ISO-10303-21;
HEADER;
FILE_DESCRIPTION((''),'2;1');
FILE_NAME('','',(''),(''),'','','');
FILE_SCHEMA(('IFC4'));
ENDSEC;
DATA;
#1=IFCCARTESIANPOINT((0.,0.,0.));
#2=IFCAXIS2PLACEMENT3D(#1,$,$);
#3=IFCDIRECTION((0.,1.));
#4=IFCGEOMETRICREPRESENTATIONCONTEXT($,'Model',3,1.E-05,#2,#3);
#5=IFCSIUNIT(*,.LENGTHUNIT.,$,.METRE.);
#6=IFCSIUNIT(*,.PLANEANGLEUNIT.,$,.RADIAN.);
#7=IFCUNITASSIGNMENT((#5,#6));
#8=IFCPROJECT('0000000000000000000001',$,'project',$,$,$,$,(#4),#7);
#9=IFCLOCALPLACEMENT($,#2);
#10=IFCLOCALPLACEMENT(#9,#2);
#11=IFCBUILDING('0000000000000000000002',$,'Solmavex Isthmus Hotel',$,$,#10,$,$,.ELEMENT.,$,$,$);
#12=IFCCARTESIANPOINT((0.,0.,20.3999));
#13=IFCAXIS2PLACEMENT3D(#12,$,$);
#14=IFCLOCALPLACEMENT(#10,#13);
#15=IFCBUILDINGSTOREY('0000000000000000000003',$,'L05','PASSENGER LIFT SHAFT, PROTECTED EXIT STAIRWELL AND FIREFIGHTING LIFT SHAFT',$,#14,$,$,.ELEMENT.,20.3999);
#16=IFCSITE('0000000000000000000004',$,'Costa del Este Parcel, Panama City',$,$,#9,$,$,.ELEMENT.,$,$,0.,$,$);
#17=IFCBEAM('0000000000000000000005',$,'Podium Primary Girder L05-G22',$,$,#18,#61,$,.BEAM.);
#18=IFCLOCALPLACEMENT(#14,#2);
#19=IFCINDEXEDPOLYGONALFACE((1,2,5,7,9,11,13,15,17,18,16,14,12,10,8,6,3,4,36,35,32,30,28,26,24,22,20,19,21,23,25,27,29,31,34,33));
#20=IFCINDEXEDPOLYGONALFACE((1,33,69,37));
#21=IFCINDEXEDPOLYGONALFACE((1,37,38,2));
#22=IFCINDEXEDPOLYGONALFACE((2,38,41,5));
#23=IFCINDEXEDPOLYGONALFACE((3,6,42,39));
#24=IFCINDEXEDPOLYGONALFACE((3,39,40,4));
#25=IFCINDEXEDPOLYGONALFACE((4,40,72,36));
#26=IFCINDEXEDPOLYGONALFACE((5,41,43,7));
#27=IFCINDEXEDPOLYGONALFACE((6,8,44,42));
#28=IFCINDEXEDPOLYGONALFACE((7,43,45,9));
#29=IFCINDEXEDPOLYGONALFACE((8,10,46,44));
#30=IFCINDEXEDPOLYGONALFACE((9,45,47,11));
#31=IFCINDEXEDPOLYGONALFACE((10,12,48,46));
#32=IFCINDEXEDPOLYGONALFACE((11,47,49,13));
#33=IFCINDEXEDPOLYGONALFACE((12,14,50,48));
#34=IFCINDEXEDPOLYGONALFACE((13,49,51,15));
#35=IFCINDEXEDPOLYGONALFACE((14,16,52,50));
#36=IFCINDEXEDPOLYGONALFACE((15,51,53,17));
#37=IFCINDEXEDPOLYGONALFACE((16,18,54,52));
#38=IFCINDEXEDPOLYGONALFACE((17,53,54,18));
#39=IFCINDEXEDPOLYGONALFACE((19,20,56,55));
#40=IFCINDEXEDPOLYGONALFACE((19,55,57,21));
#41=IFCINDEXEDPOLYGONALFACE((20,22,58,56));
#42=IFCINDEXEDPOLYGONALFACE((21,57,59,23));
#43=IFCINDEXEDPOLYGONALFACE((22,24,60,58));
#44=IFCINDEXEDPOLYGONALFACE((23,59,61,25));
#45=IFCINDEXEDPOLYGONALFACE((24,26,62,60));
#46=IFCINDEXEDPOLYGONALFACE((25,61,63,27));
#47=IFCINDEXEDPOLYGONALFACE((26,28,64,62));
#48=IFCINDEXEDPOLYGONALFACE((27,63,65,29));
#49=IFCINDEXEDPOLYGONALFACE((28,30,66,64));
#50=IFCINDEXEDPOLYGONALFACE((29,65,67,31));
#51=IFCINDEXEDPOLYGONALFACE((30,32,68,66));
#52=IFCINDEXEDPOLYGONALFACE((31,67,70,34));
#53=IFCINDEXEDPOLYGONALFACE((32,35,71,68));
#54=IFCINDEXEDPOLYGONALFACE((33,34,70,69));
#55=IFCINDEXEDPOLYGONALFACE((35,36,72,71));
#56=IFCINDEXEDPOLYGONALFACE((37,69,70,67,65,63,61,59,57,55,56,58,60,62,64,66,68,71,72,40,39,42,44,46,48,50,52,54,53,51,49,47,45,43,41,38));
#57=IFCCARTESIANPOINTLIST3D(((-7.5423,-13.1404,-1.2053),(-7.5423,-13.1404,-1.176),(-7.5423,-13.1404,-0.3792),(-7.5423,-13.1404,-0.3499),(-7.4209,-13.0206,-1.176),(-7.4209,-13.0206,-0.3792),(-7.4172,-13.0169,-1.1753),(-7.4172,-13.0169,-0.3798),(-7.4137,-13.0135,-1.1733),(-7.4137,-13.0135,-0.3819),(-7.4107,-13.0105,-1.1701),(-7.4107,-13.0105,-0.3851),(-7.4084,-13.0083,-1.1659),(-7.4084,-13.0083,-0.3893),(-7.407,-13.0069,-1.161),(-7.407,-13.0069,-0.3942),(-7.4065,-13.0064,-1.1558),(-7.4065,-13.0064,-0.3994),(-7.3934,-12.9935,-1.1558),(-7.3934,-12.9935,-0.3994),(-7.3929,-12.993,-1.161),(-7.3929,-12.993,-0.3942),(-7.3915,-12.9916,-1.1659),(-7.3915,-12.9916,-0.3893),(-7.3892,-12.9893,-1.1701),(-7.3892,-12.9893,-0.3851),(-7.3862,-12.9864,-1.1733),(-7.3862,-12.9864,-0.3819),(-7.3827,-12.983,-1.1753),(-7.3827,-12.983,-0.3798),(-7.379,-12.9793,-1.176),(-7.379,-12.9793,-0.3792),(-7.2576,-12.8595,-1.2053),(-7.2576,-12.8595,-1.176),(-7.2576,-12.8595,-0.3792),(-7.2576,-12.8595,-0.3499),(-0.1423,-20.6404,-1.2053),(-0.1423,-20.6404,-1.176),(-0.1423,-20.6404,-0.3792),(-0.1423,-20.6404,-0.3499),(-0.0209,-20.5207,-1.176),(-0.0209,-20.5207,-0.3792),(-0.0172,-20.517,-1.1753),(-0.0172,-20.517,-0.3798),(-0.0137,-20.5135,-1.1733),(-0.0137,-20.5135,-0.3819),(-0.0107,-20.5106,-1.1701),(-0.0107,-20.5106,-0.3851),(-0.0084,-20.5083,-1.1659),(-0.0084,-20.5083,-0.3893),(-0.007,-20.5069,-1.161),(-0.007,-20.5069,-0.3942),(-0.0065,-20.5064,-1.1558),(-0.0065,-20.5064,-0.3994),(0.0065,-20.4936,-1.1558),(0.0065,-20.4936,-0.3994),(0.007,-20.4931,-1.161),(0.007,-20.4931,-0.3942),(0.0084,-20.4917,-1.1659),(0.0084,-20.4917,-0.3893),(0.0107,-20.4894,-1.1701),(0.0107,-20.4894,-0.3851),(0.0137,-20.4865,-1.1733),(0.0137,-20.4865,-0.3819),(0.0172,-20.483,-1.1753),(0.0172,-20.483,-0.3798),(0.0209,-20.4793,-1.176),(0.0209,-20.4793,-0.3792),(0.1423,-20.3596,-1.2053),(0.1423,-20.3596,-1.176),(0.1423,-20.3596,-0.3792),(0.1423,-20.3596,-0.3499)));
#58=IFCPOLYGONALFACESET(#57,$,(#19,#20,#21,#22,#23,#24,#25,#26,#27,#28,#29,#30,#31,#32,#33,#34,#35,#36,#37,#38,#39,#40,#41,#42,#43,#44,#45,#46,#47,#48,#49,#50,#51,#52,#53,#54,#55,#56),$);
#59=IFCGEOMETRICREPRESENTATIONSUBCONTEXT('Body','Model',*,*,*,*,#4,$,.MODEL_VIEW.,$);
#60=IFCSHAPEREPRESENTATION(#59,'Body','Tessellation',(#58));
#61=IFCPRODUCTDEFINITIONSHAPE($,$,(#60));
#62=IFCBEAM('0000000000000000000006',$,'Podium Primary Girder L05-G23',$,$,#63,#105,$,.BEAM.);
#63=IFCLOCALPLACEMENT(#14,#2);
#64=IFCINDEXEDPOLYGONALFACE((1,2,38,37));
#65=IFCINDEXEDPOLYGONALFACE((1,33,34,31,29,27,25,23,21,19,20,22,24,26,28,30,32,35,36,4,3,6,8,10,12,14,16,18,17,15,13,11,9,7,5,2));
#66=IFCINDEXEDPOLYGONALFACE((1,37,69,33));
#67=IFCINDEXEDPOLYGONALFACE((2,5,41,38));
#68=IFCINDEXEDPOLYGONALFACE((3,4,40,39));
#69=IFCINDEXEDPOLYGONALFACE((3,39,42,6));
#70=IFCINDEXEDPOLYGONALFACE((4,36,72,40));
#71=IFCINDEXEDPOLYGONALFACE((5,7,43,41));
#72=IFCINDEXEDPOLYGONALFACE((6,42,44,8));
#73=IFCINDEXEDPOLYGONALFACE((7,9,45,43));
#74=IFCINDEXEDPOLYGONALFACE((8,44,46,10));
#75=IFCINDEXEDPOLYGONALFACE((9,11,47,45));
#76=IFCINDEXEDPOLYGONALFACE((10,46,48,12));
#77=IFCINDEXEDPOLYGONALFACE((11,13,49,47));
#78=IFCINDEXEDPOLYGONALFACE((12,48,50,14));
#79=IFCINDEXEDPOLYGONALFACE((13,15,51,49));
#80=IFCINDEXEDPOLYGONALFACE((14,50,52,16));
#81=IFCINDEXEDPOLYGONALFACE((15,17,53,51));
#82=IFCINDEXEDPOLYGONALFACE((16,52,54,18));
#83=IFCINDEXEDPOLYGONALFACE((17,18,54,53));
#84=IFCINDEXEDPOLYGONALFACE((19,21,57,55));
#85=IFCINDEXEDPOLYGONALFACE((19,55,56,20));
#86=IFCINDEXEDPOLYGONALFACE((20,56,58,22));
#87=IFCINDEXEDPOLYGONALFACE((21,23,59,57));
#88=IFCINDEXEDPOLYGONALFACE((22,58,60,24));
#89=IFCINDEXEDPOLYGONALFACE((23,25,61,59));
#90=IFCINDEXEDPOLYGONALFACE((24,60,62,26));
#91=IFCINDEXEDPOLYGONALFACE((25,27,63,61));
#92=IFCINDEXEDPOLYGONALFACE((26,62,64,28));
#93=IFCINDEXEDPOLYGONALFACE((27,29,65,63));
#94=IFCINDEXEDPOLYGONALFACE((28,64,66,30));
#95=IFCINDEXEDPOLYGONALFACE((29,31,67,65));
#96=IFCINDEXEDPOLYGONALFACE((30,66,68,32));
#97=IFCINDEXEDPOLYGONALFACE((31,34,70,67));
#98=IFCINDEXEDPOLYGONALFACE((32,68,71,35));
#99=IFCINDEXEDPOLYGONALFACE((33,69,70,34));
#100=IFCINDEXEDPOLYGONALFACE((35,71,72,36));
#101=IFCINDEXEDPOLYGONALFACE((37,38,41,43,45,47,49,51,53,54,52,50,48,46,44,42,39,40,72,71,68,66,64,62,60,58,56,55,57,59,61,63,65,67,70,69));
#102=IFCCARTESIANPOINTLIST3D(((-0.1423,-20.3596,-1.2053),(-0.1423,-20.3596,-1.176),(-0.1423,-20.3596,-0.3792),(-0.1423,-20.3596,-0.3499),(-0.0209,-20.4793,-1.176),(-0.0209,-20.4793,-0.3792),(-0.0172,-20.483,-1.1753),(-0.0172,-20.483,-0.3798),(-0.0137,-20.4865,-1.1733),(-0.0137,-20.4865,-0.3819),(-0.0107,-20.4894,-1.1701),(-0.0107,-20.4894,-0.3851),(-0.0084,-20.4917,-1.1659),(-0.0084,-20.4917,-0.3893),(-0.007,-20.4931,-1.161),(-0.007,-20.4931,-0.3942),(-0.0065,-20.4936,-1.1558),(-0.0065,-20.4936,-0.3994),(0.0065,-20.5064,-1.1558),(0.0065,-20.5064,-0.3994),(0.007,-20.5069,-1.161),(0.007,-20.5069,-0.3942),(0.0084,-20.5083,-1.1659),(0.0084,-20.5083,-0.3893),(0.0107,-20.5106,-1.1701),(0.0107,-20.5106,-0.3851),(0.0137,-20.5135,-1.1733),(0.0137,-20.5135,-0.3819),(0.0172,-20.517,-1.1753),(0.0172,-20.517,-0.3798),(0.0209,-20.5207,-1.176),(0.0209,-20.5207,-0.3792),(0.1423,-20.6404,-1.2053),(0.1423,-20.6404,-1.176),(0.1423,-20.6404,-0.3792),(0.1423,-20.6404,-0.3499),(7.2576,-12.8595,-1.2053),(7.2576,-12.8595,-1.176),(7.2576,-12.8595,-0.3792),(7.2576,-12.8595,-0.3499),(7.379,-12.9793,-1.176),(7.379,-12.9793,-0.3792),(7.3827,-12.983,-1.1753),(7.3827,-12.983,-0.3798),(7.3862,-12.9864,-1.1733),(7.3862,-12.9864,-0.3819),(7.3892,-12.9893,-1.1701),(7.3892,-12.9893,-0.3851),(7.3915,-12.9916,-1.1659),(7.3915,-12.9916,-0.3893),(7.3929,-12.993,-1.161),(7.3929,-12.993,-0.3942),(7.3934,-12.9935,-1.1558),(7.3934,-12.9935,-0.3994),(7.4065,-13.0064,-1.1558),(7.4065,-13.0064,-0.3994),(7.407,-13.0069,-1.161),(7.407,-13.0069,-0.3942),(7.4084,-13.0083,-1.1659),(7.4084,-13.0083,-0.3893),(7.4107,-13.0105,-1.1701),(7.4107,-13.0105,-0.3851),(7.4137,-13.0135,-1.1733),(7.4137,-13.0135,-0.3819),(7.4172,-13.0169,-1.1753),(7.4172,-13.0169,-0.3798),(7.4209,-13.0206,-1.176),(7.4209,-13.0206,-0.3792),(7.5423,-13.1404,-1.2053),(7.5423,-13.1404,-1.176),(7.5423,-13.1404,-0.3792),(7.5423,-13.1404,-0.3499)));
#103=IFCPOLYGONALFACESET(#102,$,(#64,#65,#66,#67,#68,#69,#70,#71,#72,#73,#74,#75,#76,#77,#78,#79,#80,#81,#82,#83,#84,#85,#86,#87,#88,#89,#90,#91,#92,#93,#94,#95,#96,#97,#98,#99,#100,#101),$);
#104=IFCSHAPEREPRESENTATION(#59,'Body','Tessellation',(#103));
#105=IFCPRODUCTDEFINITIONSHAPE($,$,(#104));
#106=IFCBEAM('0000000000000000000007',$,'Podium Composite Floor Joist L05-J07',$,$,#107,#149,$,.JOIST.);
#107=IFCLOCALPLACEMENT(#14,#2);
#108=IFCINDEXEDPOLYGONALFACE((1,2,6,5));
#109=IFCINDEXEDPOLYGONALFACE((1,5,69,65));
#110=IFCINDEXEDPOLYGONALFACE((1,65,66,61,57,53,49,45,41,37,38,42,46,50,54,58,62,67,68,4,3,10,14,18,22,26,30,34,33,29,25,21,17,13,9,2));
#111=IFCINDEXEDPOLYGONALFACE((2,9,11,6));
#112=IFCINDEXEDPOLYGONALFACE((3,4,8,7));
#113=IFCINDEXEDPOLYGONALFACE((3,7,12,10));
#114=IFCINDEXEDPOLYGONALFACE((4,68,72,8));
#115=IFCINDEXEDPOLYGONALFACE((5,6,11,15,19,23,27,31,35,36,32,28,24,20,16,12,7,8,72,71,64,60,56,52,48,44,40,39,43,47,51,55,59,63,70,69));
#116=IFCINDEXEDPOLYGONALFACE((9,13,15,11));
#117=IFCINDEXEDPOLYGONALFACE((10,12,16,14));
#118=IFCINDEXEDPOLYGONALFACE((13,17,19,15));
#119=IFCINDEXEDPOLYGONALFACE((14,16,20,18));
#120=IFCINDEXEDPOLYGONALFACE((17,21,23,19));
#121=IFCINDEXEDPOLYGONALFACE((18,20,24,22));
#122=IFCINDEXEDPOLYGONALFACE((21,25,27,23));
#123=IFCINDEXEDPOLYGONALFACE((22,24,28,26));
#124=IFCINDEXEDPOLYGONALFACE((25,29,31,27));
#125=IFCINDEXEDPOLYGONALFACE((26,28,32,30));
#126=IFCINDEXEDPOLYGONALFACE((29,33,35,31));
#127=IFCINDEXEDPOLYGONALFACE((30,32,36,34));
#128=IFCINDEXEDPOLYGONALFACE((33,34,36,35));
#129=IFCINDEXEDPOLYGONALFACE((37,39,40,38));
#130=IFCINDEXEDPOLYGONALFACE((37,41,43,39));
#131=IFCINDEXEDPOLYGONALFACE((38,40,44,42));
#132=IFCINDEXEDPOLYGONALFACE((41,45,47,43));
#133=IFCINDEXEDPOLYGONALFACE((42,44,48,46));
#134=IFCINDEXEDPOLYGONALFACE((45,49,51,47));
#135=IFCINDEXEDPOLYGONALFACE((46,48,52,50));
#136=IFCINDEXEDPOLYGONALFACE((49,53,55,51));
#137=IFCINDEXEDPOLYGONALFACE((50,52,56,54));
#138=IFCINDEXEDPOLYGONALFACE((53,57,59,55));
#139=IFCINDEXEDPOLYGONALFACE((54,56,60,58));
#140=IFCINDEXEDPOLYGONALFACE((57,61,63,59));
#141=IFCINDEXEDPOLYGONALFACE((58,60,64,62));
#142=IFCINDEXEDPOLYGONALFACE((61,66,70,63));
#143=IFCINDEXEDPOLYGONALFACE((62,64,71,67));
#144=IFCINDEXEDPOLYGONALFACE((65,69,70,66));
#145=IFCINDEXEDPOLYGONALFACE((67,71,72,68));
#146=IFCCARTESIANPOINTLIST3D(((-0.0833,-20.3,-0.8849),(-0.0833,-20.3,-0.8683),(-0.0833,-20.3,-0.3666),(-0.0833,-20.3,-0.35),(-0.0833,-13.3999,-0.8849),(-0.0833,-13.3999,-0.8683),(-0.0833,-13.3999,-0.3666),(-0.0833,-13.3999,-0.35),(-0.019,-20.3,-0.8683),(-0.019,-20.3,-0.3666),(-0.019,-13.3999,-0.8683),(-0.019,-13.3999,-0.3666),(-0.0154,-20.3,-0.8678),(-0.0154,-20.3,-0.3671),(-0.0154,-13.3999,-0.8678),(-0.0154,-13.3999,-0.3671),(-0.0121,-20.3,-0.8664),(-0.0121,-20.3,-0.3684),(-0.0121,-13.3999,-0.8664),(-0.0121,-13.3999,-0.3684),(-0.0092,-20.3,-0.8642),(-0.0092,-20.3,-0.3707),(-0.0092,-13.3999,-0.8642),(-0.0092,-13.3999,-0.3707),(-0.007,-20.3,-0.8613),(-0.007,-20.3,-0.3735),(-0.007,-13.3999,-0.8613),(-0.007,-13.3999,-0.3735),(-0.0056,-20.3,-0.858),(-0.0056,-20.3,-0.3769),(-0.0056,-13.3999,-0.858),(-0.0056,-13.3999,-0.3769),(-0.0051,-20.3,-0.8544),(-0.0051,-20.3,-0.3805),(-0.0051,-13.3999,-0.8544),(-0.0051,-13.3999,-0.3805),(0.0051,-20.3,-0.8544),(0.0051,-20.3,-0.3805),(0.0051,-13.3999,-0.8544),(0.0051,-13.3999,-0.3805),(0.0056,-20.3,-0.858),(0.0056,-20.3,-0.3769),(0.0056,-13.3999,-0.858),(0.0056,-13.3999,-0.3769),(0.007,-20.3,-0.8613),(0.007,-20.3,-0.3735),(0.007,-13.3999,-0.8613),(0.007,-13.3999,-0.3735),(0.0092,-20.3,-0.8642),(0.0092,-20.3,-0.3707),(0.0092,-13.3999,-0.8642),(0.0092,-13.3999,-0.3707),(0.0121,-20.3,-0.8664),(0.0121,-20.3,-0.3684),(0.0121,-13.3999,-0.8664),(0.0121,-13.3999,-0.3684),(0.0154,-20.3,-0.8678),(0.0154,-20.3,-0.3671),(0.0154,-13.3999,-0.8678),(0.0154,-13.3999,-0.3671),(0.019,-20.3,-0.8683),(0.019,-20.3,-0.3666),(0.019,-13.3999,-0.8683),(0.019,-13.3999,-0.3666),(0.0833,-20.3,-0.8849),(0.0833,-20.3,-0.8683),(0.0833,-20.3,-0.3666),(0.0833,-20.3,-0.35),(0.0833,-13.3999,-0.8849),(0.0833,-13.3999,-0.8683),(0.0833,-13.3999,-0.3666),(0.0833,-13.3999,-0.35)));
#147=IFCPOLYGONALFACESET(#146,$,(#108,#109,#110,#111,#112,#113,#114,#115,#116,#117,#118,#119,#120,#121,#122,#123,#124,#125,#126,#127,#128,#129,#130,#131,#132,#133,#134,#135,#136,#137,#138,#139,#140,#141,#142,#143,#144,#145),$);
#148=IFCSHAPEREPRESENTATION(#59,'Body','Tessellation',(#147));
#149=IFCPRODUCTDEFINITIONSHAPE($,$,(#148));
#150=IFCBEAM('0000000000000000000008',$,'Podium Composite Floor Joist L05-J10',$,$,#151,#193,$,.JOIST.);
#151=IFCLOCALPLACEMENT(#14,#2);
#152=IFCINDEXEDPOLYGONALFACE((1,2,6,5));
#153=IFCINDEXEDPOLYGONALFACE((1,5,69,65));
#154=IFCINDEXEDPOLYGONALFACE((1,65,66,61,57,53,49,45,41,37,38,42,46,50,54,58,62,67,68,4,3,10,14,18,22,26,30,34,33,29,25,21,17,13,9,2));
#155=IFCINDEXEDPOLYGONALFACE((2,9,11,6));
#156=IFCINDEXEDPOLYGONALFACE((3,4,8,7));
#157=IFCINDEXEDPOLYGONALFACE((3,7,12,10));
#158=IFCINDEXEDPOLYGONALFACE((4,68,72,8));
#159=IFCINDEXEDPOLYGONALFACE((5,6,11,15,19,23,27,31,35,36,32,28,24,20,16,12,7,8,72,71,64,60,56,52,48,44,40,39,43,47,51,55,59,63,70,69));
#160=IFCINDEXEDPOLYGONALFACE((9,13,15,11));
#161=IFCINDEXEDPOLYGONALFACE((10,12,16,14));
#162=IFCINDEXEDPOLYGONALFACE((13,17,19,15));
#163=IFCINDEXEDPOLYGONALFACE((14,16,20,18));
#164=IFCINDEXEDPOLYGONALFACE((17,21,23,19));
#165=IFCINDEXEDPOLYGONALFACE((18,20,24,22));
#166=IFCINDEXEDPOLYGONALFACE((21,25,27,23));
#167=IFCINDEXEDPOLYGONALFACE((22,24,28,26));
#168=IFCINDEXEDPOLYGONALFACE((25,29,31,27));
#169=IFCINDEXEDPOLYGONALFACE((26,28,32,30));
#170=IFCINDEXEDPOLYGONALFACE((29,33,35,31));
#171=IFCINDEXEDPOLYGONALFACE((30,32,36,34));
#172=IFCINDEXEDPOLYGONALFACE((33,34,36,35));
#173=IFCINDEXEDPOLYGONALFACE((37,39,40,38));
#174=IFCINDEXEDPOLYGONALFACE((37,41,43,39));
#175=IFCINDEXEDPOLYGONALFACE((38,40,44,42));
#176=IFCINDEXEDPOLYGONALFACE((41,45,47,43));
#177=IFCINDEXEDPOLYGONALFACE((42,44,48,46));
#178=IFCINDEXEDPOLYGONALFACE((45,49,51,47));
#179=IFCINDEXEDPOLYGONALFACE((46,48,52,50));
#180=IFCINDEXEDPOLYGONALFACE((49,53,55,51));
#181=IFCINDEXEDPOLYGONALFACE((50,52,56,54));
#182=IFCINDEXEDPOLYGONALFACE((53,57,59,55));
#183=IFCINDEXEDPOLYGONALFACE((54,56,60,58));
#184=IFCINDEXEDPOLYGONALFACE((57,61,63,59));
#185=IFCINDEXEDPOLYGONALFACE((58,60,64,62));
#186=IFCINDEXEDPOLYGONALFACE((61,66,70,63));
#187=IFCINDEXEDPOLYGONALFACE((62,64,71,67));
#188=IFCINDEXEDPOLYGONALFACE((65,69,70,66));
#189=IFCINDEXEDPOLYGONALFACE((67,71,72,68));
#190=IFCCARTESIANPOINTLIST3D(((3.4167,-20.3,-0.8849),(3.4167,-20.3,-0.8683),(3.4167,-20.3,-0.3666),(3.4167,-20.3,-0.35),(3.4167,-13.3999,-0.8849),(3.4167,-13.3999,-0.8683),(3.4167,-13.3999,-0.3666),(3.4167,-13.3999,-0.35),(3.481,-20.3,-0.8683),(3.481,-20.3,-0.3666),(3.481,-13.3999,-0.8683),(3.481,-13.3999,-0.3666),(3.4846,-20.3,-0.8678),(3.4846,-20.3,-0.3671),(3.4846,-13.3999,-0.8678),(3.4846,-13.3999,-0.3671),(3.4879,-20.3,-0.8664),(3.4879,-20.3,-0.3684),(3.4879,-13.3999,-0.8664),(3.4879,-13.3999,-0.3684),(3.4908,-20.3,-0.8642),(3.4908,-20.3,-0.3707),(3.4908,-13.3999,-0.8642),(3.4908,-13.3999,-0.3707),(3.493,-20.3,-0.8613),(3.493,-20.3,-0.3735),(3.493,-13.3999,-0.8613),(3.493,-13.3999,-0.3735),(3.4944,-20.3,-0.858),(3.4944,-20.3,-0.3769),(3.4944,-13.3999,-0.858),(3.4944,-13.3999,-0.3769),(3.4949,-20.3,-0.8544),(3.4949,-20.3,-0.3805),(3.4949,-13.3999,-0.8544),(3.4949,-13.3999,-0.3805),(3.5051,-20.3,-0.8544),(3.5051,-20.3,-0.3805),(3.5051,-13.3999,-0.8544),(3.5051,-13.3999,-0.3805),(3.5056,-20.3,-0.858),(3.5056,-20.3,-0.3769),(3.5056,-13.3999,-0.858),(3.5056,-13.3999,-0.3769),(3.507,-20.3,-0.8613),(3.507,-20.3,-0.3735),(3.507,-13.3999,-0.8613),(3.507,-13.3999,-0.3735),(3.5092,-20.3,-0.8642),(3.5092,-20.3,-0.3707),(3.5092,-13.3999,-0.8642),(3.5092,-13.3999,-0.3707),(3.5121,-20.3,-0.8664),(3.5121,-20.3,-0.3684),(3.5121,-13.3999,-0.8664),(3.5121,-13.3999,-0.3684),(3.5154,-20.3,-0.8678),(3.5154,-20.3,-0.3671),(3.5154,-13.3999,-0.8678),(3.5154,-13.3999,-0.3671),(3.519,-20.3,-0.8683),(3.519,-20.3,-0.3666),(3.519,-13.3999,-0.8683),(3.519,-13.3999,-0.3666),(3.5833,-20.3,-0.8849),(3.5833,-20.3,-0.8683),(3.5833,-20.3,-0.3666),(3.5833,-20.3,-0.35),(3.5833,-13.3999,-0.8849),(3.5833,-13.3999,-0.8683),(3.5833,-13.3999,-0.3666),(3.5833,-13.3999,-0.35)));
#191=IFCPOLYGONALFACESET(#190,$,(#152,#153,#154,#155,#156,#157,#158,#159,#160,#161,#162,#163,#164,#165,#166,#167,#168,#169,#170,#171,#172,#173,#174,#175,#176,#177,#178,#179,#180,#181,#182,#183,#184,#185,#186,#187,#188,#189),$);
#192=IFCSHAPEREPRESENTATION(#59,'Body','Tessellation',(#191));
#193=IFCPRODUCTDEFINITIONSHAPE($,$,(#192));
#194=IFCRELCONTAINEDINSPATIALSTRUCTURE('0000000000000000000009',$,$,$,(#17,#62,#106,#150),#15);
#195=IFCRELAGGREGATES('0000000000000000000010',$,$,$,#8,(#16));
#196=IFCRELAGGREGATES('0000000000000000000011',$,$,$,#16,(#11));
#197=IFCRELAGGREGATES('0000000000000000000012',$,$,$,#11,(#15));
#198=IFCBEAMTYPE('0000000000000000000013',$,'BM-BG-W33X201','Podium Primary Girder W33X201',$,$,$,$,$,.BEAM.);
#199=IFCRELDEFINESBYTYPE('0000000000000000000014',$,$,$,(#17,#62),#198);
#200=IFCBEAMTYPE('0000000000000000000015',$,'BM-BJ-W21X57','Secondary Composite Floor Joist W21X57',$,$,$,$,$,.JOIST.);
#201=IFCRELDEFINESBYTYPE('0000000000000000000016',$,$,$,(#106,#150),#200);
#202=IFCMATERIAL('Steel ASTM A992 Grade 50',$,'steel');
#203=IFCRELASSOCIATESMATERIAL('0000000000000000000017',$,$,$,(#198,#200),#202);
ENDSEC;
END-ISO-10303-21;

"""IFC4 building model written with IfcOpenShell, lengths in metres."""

from ifc_helpers import new_model, si_unit, direction, frame, origin, origin_2d, place, context, subcontext, project, spatial, i_section, extrude, material, material_profile, profile_set, type_object, element, save


model = new_model("IFC4")

# Units and contexts
model_context = context("Model", 3, precision=1e-05, world=origin(), true_north=direction((0.0, 1.0)))
body_context = subcontext(model_context, "Body", "Model", "MODEL_VIEW")
ifc_project = project(units=[si_unit("LENGTHUNIT", "METRE"), si_unit("PLANEANGLEUNIT", "RADIAN")], contexts=[model_context])

# Site, building, storey
site_placement = place(None, origin())
site = spatial("IfcSite", under=ifc_project, at=site_placement, Name="Costa del Este Parcel, Panama City", CompositionType="ELEMENT", RefElevation=0.0)
building_placement = place(site_placement, origin())
building = spatial("IfcBuilding", under=site, at=building_placement, Name="Solmavex Isthmus Hotel", CompositionType="ELEMENT")
storey_placement = place(building_placement, frame((0.0, 0.0, 20.3999)))
storey = spatial("IfcBuildingStorey", under=building, at=storey_placement, Name="L05", Description="PASSENGER LIFT SHAFT, PROTECTED EXIT STAIRWELL AND FIREFIGHTING LIFT SHAFT", CompositionType="ELEMENT", Elevation=20.3999)

# Beams
ifc_material_1 = material(Name="Steel ASTM A992 Grade 50", Category="steel")
ifc_material_profile_1 = material_profile(ifc_material_1, i_section(OverallWidth=0.3999, OverallDepth=0.8555, WebThickness=0.0183, FlangeThickness=0.0293, FilletRadius=0.0203, at=origin_2d()), Name="W33X201")
ifc_profile_set_1 = profile_set([ifc_material_profile_1], Name="Steel ASTM A992 Grade 50")
beam_type_1 = type_object("IfcBeamType", Name="BM-BG-W33X201", Description="Podium Primary Girder W33X201", PredefinedType="BEAM", material=ifc_profile_set_1)
for number, where, z_axis, x_axis, name in (
    (1, (0.0, -20.5, -0.7776), (-0.702341, 0.711841, 0.0), (-0.711841, -0.702341, 0.0), "Podium Primary Girder L05-G22"),
    (2, (0.0, -20.5, -0.7776), (0.702341, 0.711841, 0.0), (-0.711841, 0.702341, 0.0), "Podium Primary Girder L05-G23"),
):
    element("IfcBeam", number, at=place(storey_placement, frame(where, z_axis=z_axis, x_axis=x_axis)), inside=storey, type_object=beam_type_1, Name=name, PredefinedType="BEAM", context=body_context, shape_type="SweptSolid", body=[
        extrude(i_section(OverallWidth=0.3999, OverallDepth=0.8555, WebThickness=0.0183, FlangeThickness=0.0293, FilletRadius=0.0203, at=origin_2d()), origin(), (0.0, 0.0, 1.0), 10.5361),
    ])
ifc_material_profile_2 = material_profile(ifc_material_1, i_section(OverallWidth=0.1665, OverallDepth=0.5349, WebThickness=0.0103, FlangeThickness=0.0166, FilletRadius=0.0139, at=origin_2d()), Name="W21X57")
ifc_profile_set_2 = profile_set([ifc_material_profile_2], Name="Steel ASTM A992 Grade 50")
beam_type_2 = type_object("IfcBeamType", Name="BM-BJ-W21X57", Description="Secondary Composite Floor Joist W21X57", PredefinedType="JOIST", material=ifc_profile_set_2)
for number, where, z_axis, x_axis, name in (
    (3, (0.0, -20.3, -0.6174), (0.0, 1.0, 0.0), (-1.0, 0.0, 0.0), "Podium Composite Floor Joist L05-J07"),
    (4, (3.5, -20.3, -0.6174), (0.0, 1.0, 0.0), (-1.0, 0.0, 0.0), "Podium Composite Floor Joist L05-J10"),
):
    element("IfcBeam", number, at=place(storey_placement, frame(where, z_axis=z_axis, x_axis=x_axis)), inside=storey, type_object=beam_type_2, Name=name, PredefinedType="JOIST", context=body_context, shape_type="SweptSolid", body=[
        extrude(i_section(OverallWidth=0.1665, OverallDepth=0.5349, WebThickness=0.0103, FlangeThickness=0.0166, FilletRadius=0.0139, at=origin_2d()), origin(), (0.0, 0.0, 1.0), 6.9001),
    ])

save(model, "model.ifc")
